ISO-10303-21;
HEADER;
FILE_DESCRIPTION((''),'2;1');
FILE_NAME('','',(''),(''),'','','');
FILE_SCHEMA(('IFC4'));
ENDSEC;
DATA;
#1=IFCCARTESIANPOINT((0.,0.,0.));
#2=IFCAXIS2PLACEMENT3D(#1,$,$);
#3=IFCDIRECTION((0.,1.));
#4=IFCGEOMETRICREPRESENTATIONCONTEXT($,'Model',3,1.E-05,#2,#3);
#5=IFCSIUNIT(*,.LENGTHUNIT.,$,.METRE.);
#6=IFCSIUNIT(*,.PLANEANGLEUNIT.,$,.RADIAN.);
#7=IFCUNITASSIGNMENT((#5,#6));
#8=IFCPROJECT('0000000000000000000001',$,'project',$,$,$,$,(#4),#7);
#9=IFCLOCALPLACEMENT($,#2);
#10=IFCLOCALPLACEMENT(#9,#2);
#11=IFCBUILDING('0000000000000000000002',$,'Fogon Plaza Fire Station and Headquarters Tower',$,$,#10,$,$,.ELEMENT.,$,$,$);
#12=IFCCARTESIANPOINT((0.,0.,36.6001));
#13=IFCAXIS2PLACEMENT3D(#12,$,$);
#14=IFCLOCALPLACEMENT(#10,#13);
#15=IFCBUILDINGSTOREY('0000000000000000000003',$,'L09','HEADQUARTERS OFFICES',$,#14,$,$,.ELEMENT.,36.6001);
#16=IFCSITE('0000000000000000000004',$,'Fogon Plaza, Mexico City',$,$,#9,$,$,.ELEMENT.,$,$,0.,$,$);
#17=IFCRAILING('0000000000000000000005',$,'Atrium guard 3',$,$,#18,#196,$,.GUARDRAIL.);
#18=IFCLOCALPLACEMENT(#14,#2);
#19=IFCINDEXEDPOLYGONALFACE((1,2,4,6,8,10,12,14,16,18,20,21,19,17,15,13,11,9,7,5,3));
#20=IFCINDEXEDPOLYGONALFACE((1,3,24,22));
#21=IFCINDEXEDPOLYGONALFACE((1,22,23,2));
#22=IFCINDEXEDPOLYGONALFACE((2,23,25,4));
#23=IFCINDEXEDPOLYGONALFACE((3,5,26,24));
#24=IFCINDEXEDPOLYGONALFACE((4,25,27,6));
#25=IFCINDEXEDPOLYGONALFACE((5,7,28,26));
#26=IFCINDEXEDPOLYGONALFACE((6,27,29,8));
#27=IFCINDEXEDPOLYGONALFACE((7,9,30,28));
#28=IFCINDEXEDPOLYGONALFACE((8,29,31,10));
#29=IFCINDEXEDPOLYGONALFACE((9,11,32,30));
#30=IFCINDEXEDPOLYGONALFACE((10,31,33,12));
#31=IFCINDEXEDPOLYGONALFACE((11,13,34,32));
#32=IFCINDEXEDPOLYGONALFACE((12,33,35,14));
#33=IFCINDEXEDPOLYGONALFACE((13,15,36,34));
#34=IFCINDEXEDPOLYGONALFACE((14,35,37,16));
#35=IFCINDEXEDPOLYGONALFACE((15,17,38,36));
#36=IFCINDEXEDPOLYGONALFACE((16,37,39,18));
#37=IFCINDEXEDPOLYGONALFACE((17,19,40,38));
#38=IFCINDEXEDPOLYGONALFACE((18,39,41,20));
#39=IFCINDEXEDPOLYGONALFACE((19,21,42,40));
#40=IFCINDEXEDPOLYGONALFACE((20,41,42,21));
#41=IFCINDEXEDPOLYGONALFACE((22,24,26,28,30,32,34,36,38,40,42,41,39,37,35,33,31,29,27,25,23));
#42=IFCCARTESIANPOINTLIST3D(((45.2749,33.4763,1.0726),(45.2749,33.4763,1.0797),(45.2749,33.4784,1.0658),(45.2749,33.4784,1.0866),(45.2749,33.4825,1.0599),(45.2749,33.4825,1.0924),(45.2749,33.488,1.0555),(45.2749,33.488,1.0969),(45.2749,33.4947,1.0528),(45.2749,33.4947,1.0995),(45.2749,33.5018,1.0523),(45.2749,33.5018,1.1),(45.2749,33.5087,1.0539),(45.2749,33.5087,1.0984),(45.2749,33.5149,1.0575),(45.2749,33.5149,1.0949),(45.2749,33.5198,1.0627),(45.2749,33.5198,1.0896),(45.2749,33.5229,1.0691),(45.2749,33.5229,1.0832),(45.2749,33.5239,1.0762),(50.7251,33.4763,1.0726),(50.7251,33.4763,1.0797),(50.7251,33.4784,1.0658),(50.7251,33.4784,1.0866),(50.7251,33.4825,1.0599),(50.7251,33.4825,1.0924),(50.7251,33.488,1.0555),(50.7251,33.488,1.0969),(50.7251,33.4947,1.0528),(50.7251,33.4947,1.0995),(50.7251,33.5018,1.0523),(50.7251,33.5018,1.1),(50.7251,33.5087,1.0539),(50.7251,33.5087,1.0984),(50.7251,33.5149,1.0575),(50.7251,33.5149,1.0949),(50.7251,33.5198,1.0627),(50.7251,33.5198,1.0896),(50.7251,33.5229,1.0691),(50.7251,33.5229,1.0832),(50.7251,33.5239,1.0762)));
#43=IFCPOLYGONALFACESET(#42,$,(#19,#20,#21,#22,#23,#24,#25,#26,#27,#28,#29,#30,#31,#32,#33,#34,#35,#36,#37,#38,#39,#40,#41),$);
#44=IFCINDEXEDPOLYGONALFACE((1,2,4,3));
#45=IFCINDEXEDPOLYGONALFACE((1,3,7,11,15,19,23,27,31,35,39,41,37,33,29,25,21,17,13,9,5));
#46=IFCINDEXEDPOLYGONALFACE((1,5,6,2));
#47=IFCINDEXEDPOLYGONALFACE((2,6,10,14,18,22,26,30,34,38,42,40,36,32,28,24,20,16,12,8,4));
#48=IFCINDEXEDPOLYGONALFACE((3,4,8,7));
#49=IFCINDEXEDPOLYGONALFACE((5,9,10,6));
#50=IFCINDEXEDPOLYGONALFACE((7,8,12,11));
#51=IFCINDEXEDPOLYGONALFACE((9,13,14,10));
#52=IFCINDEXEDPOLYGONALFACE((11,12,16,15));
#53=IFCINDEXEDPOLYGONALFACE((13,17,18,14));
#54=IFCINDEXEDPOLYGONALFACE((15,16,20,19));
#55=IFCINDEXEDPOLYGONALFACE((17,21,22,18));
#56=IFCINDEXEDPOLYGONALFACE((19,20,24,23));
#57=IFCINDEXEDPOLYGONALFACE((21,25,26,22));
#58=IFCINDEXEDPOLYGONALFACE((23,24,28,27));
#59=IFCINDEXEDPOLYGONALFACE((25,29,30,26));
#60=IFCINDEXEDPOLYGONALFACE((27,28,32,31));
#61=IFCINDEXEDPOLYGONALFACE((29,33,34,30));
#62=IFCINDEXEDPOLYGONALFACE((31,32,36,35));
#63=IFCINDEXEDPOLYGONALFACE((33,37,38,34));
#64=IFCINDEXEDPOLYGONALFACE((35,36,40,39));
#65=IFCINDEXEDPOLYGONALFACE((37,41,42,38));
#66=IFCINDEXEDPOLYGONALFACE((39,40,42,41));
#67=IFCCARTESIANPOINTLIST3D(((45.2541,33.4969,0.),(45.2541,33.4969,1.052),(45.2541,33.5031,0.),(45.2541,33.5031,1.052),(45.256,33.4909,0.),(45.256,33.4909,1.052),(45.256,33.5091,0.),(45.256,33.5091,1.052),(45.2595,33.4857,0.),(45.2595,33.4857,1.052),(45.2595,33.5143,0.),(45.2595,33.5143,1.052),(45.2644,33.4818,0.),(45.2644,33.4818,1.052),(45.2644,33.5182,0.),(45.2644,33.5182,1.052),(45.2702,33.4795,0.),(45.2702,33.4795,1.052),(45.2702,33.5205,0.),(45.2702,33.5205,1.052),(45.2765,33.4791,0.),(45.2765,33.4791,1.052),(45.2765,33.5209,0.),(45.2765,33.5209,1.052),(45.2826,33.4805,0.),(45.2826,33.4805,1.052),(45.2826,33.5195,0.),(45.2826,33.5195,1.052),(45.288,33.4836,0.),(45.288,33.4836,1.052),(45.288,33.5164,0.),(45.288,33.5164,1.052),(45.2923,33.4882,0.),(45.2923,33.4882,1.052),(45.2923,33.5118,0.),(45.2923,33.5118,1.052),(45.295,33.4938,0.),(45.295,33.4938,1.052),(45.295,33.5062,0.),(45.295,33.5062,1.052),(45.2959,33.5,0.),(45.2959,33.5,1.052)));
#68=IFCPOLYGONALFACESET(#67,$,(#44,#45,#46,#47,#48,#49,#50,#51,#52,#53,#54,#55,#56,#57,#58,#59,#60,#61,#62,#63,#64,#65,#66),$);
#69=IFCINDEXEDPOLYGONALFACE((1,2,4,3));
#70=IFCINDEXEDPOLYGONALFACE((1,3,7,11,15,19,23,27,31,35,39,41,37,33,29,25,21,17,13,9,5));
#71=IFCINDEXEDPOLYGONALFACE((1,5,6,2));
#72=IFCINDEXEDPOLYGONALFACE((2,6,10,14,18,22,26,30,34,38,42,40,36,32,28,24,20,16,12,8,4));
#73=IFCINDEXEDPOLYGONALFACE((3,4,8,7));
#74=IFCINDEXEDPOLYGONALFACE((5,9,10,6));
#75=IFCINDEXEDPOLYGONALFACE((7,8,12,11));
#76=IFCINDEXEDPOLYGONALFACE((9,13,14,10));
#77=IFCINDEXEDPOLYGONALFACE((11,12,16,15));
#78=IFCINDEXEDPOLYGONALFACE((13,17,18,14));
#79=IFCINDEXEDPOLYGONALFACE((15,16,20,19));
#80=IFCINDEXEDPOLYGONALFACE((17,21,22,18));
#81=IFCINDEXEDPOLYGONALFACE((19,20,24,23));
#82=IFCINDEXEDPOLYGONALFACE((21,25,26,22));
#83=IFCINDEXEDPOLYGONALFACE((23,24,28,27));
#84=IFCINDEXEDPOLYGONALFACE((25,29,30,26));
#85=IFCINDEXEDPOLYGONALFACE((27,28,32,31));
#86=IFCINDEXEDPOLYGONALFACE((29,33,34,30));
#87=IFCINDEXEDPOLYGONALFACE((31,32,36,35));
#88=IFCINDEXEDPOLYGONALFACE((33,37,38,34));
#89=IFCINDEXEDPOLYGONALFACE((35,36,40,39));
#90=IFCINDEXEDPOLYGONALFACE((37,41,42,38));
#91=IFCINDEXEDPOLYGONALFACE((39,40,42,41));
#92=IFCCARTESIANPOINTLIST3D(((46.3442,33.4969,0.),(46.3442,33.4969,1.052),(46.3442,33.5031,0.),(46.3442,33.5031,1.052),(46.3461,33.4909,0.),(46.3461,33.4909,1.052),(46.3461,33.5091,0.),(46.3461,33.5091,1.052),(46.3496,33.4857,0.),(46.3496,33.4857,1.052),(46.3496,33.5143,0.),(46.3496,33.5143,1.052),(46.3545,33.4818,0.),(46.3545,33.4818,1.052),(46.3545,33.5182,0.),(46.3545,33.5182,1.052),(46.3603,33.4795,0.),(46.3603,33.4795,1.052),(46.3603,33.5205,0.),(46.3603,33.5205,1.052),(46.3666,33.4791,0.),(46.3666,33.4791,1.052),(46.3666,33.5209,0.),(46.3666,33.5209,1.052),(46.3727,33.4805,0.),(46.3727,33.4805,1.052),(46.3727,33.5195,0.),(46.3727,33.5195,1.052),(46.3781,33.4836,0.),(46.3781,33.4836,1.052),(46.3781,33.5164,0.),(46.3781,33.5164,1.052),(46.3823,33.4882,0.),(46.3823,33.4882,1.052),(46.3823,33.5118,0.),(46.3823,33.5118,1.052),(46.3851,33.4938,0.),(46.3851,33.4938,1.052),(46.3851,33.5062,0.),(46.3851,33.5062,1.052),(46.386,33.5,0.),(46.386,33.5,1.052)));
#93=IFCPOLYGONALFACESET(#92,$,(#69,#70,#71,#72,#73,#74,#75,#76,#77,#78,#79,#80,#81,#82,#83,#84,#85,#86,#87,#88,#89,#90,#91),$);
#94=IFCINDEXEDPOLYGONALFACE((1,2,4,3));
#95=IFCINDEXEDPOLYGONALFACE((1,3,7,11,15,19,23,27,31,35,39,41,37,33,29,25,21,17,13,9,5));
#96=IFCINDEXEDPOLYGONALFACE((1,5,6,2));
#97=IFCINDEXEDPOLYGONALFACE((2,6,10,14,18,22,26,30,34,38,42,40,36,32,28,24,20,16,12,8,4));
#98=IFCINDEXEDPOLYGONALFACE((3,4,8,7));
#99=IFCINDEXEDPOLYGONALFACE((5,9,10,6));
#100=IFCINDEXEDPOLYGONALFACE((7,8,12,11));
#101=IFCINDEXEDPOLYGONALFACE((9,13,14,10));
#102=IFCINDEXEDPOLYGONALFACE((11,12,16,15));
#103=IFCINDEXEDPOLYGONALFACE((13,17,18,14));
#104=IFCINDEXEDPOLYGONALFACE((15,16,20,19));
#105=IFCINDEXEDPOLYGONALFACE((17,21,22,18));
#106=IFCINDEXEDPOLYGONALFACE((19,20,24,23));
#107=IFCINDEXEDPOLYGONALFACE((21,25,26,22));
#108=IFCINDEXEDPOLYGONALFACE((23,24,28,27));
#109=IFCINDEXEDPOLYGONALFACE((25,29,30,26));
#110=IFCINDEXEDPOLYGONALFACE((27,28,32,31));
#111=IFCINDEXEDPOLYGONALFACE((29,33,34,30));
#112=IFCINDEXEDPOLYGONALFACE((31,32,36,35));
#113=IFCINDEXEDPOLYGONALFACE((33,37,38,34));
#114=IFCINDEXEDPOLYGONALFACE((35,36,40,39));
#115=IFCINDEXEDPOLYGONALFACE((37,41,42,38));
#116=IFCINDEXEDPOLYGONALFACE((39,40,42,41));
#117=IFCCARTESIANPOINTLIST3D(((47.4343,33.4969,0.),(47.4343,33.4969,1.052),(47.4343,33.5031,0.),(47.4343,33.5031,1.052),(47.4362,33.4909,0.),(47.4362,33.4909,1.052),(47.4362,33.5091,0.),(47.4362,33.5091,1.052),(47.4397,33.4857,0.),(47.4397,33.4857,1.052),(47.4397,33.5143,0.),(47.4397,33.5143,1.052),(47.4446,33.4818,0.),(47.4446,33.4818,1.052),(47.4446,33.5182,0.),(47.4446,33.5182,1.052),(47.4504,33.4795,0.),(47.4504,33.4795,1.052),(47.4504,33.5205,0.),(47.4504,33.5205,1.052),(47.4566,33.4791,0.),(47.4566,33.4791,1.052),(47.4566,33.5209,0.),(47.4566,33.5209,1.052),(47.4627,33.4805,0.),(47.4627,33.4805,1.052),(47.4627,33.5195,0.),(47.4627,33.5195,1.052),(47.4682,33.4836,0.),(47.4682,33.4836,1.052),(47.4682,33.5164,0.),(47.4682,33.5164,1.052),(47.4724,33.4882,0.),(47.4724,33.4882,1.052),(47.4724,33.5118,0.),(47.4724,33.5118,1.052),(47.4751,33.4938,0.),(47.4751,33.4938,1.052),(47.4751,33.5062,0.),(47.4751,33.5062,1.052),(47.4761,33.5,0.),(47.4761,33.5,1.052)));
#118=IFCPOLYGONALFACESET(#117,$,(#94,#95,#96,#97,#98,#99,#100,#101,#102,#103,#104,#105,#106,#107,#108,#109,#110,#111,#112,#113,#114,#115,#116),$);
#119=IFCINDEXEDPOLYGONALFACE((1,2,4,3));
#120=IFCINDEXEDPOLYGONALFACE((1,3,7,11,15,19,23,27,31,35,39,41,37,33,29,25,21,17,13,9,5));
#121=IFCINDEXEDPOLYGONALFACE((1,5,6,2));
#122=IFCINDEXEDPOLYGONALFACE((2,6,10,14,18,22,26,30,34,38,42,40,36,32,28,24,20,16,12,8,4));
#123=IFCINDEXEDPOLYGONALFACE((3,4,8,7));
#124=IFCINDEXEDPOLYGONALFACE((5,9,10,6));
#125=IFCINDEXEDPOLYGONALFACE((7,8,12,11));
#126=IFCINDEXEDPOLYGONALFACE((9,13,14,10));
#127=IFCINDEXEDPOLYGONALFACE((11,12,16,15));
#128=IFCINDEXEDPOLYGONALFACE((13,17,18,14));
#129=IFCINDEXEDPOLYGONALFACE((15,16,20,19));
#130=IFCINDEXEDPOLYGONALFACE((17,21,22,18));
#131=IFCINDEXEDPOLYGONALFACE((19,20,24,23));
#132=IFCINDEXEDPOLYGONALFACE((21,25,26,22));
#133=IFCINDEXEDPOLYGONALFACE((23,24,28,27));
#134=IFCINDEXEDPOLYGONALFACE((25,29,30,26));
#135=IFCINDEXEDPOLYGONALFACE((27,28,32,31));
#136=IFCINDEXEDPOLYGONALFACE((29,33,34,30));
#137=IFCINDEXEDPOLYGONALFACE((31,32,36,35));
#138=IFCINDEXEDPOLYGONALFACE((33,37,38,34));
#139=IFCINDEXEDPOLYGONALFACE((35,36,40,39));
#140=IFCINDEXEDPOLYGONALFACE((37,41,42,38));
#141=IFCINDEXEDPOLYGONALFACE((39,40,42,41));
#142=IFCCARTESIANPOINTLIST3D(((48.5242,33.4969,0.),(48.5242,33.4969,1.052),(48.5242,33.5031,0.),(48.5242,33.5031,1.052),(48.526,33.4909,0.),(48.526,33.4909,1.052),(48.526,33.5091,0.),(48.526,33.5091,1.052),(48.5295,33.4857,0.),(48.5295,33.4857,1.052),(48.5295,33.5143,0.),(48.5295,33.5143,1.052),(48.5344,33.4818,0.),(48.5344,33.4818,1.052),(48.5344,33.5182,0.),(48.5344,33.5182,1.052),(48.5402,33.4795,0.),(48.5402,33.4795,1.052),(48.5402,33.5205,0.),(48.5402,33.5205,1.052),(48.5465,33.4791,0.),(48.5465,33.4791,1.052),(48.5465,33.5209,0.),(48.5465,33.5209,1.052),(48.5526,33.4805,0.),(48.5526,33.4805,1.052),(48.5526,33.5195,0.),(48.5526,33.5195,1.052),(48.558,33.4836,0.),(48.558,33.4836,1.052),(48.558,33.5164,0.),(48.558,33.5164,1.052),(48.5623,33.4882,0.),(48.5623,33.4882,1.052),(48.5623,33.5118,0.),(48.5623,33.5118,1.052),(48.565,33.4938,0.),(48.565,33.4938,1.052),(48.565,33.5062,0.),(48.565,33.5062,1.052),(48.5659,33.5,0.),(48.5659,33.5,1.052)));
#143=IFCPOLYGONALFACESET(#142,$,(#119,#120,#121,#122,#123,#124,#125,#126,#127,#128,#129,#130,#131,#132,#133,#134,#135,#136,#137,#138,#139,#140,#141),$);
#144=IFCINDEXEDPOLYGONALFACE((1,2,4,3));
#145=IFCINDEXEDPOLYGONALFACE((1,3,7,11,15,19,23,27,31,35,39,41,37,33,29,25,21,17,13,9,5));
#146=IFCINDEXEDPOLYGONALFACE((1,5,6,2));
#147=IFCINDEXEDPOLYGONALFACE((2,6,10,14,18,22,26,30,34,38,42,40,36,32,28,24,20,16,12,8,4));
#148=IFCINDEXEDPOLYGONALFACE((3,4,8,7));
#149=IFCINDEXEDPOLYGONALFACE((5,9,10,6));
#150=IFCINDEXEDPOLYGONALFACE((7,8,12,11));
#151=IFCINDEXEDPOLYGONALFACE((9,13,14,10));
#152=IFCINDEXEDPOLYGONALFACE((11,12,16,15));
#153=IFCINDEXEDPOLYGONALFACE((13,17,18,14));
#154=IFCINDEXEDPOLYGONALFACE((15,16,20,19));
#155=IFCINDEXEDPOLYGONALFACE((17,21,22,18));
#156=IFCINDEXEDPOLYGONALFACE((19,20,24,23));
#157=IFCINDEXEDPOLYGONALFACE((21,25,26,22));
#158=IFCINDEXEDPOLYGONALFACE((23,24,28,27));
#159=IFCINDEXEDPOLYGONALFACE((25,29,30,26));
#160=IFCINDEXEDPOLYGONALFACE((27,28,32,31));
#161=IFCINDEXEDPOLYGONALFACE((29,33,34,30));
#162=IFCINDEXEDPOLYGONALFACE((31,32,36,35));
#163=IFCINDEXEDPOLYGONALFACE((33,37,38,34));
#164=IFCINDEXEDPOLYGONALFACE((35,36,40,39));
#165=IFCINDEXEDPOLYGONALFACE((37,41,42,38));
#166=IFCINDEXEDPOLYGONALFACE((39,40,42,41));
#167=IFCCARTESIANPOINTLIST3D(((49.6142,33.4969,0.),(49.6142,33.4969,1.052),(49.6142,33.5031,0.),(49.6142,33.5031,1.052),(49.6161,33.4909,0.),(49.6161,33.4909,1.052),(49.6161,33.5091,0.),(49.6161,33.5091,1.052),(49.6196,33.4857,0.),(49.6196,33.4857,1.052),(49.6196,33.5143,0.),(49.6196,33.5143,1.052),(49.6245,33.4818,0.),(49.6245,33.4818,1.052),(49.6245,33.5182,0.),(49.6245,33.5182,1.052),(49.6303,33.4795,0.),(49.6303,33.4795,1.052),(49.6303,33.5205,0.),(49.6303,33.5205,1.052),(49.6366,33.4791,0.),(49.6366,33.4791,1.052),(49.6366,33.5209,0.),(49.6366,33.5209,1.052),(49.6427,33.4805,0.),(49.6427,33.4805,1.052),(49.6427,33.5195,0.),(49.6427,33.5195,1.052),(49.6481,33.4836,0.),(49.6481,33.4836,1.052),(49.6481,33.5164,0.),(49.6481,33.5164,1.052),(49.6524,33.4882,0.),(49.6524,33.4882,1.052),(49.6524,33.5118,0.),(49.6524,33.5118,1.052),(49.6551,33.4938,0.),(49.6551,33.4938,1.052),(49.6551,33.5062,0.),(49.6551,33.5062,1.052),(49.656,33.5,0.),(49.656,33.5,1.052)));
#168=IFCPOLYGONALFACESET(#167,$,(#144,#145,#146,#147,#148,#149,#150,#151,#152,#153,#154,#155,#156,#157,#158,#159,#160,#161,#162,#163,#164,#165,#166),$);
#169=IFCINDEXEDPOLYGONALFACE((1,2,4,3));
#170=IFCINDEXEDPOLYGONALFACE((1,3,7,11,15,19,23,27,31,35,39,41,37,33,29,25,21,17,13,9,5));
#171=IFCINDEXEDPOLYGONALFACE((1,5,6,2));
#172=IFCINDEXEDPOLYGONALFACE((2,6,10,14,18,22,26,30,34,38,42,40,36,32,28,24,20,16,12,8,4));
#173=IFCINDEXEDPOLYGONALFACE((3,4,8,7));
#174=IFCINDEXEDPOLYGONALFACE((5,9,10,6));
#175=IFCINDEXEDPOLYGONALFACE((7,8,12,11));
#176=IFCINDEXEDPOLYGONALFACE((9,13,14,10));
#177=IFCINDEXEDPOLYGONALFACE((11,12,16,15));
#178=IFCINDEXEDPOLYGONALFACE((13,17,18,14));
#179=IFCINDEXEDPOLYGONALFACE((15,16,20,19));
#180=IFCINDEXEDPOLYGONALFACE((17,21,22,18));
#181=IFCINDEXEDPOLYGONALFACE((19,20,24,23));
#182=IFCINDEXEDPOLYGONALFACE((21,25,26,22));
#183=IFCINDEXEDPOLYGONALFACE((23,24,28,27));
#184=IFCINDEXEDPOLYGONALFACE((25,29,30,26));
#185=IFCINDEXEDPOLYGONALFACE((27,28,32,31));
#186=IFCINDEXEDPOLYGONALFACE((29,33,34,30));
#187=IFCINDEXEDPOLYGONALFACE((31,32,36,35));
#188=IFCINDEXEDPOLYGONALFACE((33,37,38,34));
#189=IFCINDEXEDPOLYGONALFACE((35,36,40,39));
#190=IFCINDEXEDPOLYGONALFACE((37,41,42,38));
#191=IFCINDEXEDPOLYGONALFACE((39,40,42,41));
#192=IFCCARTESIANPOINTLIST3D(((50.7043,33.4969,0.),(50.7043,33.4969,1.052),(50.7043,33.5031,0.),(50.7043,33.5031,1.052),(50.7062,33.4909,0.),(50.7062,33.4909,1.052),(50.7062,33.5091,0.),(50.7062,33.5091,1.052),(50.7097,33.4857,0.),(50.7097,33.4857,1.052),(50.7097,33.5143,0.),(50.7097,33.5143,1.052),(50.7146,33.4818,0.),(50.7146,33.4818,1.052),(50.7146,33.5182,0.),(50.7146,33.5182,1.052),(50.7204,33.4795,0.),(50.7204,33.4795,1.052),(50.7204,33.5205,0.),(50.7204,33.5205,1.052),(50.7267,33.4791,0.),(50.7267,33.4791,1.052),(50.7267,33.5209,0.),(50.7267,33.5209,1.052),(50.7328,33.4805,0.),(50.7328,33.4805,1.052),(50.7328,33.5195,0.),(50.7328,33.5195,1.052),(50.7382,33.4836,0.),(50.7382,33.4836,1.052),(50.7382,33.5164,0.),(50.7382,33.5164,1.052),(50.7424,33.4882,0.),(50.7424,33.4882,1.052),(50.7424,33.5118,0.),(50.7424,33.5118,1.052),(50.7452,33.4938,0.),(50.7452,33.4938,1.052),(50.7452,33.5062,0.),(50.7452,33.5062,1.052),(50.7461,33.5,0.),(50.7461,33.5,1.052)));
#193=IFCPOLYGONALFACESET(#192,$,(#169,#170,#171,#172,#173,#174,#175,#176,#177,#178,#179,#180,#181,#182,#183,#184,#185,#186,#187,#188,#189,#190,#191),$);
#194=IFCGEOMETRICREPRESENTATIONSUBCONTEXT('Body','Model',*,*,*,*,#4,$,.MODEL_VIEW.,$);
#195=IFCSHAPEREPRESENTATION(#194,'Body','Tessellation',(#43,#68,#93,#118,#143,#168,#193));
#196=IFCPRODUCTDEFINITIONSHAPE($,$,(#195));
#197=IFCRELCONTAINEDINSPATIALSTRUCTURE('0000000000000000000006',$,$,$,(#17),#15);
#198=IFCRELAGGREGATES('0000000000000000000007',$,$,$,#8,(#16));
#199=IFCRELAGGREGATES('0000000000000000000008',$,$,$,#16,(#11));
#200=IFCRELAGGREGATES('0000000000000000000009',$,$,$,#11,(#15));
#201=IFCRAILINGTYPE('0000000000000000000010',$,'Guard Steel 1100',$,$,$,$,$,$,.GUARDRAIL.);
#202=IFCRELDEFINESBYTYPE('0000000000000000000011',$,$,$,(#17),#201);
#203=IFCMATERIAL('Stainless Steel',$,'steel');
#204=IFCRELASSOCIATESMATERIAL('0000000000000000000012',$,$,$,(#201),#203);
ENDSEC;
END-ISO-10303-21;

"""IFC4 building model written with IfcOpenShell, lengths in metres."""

from ifc_helpers import new_model, si_unit, direction, frame, origin, origin_2d, place, context, subcontext, project, spatial, circle, extrude, material, type_object, element, save


model = new_model("IFC4")

# Units and contexts
model_context = context("Model", 3, precision=1e-05, world=origin(), true_north=direction((0.0, 1.0)))
body_context = subcontext(model_context, "Body", "Model", "MODEL_VIEW")
ifc_project = project(units=[si_unit("LENGTHUNIT", "METRE"), si_unit("PLANEANGLEUNIT", "RADIAN")], contexts=[model_context])

# Site, building, storey
site_placement = place(None, origin())
site = spatial("IfcSite", under=ifc_project, at=site_placement, Name="Fogon Plaza, Mexico City", CompositionType="ELEMENT", RefElevation=0.0)
building_placement = place(site_placement, origin())
building = spatial("IfcBuilding", under=site, at=building_placement, Name="Fogon Plaza Fire Station and Headquarters Tower", CompositionType="ELEMENT")
storey_placement = place(building_placement, frame((0.0, 0.0, 36.6001)))
storey = spatial("IfcBuildingStorey", under=building, at=storey_placement, Name="L09", Description="HEADQUARTERS OFFICES", CompositionType="ELEMENT", Elevation=36.6001)

# Railing
ifc_material_1 = material(Name="Stainless Steel", Category="steel")
railing_type = type_object("IfcRailingType", Name="Guard Steel 1100", PredefinedType="GUARDRAIL", material=ifc_material_1)
railing_1_placement = place(storey_placement, frame((45.2749, 33.5, 0.0)))
element("IfcRailing", 1, at=railing_1_placement, inside=storey, type_object=railing_type, Name="Atrium guard 3", PredefinedType="GUARDRAIL", context=body_context, shape_type="SweptSolid", body=[
    extrude(circle(Radius=0.0239, at=origin_2d()), frame((0.0, 0.0, 1.0762), z_axis=(1.0, 0.0, 0.0), x_axis=(0.0, 1.0, 0.0)), (0.0, 0.0, 1.0), 5.4502),
    extrude(circle(Radius=0.021, at=origin_2d()), origin(), (0.0, 0.0, 1.0), 1.052),
    extrude(circle(Radius=0.021, at=origin_2d()), frame((1.0901, 0.0, 0.0)), (0.0, 0.0, 1.0), 1.052),
    extrude(circle(Radius=0.021, at=origin_2d()), frame((2.1802, 0.0, 0.0)), (0.0, 0.0, 1.0), 1.052),
    extrude(circle(Radius=0.021, at=origin_2d()), frame((3.27, 0.0, 0.0)), (0.0, 0.0, 1.0), 1.052),
    extrude(circle(Radius=0.021, at=origin_2d()), frame((4.3601, 0.0, 0.0)), (0.0, 0.0, 1.0), 1.052),
    extrude(circle(Radius=0.021, at=origin_2d()), frame((5.4502, 0.0, 0.0)), (0.0, 0.0, 1.0), 1.052),
])

save(model, "model.ifc")
